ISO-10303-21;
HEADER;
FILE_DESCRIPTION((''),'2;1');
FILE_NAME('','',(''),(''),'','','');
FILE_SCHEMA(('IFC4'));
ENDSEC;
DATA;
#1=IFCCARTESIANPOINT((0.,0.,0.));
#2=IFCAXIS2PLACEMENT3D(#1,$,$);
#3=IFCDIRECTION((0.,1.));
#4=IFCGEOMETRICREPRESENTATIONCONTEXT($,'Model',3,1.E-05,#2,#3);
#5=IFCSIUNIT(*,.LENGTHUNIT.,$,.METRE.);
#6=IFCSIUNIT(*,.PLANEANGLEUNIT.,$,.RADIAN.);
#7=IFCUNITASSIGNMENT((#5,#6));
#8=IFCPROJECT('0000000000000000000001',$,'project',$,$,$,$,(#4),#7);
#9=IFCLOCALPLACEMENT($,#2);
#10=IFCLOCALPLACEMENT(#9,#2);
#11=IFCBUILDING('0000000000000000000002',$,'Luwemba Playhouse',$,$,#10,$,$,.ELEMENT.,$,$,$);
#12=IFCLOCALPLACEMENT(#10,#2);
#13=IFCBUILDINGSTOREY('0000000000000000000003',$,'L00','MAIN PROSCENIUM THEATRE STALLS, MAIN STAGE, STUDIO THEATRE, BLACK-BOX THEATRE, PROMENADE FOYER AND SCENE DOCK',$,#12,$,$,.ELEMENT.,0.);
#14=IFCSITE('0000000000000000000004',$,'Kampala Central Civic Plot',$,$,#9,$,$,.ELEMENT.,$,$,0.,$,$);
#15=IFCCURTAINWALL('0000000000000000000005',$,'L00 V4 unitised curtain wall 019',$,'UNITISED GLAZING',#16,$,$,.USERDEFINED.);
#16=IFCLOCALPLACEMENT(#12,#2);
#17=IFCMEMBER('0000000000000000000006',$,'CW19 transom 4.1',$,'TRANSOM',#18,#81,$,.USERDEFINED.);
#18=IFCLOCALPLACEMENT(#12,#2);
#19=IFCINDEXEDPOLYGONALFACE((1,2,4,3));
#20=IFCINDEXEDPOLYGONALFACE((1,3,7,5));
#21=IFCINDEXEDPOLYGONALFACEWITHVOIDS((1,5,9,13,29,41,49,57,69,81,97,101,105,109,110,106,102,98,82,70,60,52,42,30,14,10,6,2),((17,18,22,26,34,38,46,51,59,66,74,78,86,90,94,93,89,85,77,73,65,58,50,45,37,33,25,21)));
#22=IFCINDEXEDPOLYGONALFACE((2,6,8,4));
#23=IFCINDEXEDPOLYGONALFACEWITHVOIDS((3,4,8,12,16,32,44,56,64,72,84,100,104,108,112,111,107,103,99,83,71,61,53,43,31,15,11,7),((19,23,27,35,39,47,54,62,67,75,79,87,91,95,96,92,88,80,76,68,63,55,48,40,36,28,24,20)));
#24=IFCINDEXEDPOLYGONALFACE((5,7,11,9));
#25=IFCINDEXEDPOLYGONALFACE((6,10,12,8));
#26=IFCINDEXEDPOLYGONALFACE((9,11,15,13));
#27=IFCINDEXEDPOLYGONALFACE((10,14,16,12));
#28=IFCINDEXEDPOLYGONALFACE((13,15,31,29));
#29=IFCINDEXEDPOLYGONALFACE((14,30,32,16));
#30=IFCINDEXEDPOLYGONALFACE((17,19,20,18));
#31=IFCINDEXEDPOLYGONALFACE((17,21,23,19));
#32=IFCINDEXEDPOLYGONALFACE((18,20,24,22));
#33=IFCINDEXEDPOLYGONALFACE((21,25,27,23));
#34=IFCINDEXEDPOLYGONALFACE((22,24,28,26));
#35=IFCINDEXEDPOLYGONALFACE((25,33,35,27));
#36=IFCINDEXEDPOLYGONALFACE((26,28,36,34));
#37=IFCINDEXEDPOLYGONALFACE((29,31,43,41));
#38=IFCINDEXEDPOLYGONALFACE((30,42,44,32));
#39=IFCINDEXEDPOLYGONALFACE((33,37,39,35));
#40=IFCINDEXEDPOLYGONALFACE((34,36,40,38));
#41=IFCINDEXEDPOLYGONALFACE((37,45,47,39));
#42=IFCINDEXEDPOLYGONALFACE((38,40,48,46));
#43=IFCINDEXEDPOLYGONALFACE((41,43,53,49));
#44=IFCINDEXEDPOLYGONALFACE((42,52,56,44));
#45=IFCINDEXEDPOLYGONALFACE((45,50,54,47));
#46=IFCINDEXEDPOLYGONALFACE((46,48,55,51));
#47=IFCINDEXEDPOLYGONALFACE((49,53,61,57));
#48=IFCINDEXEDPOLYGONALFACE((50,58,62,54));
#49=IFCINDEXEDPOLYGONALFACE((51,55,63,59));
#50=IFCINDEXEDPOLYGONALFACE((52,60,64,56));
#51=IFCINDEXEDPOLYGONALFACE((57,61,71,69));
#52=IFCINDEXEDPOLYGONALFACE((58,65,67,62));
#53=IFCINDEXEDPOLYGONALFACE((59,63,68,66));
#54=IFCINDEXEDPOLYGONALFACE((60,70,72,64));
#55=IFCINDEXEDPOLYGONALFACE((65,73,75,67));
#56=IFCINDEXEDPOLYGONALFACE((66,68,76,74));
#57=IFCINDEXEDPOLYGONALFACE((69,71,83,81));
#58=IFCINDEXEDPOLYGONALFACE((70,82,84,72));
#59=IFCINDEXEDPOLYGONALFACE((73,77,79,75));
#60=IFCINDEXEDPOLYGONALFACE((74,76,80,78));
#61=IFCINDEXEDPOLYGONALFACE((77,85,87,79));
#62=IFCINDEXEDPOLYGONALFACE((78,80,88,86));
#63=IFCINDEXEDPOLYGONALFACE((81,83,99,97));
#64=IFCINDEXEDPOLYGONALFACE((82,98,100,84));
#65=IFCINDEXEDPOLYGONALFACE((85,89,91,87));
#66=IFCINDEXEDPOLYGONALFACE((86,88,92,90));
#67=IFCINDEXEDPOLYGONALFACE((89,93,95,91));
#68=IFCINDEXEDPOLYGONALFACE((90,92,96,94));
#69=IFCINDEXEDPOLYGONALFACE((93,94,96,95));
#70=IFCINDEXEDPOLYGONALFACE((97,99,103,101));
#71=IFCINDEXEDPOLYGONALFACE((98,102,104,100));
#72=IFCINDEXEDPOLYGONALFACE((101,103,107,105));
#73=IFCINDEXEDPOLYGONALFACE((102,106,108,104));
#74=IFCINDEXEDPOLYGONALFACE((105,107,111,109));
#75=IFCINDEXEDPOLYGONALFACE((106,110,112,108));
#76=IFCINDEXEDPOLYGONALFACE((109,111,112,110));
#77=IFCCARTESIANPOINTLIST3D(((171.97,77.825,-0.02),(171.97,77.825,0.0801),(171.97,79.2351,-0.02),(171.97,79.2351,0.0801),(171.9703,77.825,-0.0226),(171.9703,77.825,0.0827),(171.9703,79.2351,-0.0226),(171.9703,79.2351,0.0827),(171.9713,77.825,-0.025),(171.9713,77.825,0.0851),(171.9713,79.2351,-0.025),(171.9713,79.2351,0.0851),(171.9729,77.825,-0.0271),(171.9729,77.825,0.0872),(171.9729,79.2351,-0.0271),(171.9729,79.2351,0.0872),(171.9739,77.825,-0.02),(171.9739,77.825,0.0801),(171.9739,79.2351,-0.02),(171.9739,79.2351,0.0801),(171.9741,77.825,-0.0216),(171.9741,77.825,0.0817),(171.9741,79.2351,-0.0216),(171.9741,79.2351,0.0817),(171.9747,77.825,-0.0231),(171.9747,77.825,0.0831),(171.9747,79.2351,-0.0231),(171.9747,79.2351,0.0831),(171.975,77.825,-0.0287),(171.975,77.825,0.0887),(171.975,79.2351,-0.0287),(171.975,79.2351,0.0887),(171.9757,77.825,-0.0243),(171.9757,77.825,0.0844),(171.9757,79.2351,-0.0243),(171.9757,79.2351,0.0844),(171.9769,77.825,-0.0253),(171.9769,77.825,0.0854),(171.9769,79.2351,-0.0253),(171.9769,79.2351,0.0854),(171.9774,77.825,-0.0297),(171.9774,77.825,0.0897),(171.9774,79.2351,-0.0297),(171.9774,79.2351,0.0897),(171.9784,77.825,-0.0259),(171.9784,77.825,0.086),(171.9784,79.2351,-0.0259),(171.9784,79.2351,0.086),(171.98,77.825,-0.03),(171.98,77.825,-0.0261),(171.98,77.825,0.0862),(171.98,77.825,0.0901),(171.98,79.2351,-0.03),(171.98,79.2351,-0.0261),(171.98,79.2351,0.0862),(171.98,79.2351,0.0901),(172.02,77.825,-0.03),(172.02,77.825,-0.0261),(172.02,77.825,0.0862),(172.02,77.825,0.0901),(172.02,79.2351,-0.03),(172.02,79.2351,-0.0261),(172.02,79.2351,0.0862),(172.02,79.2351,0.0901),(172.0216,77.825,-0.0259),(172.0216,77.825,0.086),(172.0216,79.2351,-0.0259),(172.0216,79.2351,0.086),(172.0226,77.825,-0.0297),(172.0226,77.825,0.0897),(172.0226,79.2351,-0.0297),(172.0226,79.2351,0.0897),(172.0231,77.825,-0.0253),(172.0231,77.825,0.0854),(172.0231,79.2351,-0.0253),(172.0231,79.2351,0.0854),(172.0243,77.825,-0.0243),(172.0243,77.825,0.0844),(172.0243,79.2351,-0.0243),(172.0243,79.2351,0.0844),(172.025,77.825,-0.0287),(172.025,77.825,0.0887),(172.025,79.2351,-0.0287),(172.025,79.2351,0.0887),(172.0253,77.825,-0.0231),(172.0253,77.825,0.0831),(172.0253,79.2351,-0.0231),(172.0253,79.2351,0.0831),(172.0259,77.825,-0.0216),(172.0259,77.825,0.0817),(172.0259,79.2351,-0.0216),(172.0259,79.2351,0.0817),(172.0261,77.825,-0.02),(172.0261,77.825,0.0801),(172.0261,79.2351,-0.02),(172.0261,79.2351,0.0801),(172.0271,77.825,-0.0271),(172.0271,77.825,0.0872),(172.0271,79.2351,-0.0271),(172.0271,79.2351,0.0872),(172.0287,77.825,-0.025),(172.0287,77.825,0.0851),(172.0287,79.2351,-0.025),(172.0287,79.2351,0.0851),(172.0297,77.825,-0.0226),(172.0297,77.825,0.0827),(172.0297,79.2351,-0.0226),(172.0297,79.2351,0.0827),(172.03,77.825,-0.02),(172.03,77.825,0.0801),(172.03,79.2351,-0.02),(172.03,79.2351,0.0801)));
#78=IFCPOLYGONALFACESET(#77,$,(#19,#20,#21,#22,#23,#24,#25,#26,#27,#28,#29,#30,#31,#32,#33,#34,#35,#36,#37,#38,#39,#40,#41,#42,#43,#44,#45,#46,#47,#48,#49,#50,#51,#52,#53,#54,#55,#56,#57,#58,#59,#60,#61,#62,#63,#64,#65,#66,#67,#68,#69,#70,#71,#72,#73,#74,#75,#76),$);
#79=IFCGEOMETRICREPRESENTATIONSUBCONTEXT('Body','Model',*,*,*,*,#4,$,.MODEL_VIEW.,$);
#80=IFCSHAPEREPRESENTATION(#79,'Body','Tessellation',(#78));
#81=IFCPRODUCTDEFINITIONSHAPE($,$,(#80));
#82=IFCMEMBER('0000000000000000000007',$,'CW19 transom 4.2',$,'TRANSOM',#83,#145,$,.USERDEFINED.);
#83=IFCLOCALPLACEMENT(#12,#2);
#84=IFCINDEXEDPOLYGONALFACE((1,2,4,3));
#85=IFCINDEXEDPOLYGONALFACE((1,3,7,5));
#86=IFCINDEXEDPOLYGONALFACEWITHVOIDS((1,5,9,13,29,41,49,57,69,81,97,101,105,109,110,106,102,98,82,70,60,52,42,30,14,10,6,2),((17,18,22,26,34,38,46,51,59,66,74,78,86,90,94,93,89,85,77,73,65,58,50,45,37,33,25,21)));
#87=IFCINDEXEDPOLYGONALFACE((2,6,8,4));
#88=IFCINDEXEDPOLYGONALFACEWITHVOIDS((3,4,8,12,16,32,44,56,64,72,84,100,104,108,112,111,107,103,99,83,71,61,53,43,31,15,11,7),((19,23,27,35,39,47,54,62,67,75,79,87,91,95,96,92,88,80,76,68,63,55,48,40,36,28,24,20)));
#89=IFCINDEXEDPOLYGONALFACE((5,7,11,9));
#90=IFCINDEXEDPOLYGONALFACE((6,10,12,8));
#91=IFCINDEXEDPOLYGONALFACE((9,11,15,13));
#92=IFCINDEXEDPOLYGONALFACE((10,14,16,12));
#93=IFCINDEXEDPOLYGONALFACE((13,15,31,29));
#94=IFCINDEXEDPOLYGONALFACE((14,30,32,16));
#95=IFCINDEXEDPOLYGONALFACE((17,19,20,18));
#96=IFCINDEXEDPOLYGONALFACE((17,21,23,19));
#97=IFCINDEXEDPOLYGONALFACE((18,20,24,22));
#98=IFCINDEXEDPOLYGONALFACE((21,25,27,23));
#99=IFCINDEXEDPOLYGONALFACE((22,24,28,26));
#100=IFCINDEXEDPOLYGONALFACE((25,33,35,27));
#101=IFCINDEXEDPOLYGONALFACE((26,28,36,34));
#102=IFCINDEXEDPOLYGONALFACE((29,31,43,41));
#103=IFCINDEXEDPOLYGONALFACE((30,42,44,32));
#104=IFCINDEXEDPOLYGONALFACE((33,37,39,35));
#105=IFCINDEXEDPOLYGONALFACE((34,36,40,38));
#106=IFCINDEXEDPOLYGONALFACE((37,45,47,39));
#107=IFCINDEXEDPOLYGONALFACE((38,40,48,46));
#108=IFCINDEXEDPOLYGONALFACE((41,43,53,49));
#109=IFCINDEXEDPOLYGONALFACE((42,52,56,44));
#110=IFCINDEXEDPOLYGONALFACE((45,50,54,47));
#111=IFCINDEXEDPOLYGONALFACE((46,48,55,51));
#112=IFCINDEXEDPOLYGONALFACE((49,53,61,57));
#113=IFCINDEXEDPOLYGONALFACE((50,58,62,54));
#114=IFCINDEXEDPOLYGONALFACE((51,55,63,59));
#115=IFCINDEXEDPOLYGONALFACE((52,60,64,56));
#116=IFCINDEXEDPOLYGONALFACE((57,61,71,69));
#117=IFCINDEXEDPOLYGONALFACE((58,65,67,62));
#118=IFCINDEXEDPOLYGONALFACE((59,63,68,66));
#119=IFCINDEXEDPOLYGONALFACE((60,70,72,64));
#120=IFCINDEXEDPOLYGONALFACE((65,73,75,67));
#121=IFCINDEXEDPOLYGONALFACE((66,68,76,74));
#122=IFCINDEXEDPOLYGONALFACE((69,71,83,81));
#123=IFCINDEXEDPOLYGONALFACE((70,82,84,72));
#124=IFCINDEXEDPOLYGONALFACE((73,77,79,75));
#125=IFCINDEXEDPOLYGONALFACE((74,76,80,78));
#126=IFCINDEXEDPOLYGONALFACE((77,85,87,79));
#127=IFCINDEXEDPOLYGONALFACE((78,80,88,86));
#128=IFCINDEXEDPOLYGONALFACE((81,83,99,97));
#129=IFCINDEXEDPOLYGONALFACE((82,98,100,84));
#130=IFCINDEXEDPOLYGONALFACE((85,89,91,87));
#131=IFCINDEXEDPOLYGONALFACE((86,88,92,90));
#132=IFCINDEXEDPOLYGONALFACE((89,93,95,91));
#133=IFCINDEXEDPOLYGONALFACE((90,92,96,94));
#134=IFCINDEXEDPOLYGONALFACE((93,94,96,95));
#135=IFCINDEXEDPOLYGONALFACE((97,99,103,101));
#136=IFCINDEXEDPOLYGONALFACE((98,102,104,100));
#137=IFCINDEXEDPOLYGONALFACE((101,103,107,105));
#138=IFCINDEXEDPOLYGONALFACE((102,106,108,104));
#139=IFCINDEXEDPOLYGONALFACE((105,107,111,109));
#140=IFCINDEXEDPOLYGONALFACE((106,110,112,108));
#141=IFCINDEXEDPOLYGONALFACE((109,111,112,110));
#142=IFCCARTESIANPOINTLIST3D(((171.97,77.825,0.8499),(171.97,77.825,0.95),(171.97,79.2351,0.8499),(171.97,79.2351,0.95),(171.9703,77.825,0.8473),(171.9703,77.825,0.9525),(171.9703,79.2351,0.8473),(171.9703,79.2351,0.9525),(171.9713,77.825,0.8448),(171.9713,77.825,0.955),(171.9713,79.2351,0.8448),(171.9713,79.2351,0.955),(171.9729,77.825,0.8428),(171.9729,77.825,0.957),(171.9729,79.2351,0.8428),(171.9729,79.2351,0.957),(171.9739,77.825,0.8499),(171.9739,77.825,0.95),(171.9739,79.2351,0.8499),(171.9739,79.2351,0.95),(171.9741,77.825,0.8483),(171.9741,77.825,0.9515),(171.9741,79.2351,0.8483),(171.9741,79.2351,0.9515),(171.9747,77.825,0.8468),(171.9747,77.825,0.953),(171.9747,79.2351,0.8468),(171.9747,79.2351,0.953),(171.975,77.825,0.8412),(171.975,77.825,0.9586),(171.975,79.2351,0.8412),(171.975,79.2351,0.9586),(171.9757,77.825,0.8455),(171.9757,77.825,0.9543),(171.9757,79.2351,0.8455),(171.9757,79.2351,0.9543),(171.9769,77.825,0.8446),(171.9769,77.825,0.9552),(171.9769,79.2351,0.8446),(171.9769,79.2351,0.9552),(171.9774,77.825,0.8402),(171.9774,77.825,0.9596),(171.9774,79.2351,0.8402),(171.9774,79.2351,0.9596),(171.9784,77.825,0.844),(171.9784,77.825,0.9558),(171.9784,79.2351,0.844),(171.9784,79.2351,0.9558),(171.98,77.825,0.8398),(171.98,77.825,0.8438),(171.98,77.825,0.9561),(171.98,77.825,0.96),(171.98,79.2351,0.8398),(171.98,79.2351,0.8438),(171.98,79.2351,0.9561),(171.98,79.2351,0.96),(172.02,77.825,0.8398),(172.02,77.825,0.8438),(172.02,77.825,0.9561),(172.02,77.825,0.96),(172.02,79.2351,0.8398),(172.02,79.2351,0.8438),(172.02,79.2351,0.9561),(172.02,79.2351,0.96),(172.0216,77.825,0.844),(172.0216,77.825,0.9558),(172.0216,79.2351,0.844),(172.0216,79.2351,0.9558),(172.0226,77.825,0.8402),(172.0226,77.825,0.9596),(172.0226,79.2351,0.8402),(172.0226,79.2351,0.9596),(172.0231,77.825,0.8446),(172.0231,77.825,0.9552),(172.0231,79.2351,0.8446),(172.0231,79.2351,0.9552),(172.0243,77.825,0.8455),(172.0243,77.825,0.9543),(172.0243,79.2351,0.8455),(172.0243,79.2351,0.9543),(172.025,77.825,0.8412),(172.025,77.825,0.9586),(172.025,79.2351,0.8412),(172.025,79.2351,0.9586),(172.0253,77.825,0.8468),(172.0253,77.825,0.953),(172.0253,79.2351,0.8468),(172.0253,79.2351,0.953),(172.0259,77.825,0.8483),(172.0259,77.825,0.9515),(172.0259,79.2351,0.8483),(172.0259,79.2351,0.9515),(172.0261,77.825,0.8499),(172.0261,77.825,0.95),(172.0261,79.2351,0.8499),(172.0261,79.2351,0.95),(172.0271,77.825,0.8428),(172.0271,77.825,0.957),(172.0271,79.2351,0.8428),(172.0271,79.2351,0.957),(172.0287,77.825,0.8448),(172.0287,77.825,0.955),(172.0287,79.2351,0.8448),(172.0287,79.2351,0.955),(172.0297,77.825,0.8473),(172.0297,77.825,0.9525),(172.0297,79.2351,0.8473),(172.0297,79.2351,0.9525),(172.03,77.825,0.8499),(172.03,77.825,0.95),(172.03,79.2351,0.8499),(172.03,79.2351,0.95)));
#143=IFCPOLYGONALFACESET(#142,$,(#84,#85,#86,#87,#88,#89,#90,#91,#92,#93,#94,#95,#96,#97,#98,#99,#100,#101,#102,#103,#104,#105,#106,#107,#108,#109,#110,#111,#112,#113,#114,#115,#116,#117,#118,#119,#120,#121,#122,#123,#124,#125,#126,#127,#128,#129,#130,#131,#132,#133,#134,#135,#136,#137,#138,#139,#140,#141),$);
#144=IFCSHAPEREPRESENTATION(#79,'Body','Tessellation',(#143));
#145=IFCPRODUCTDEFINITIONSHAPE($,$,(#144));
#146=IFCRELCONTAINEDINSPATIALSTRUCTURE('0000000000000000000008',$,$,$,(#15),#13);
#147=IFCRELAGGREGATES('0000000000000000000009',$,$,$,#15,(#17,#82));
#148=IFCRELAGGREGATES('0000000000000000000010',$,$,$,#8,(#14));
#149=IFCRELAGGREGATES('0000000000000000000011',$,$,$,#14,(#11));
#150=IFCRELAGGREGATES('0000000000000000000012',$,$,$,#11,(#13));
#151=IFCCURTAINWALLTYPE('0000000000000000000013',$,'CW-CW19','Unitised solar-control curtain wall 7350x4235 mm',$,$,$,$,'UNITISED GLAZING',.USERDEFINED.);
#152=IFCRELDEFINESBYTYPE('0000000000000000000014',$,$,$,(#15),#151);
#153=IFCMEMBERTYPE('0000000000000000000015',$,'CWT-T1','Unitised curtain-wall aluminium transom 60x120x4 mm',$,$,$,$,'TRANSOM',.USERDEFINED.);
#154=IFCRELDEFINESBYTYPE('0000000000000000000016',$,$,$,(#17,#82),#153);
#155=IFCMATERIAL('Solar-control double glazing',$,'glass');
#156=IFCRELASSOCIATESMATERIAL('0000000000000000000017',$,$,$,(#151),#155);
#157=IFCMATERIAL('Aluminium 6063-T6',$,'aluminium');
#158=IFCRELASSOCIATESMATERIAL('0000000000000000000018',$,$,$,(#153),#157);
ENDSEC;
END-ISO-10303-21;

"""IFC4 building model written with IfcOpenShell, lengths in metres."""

from ifc_helpers import new_model, si_unit, direction, frame, origin, origin_2d, place, context, subcontext, project, spatial, hollow_rectangle, extrude, material, material_profile, profile_set, type_object, element, aggregate, save


model = new_model("IFC4")

# Units and contexts
model_context = context("Model", 3, precision=1e-05, world=origin(), true_north=direction((0.0, 1.0)))
body_context = subcontext(model_context, "Body", "Model", "MODEL_VIEW")
ifc_project = project(units=[si_unit("LENGTHUNIT", "METRE"), si_unit("PLANEANGLEUNIT", "RADIAN")], contexts=[model_context])

# Site, building, storey
site_placement = place(None, origin())
site = spatial("IfcSite", under=ifc_project, at=site_placement, Name="Kampala Central Civic Plot", CompositionType="ELEMENT", RefElevation=0.0)
building_placement = place(site_placement, origin())
building = spatial("IfcBuilding", under=site, at=building_placement, Name="Luwemba Playhouse", CompositionType="ELEMENT")
storey_placement = place(building_placement, origin())
storey = spatial("IfcBuildingStorey", under=building, at=storey_placement, Name="L00", Description="MAIN PROSCENIUM THEATRE STALLS, MAIN STAGE, STUDIO THEATRE, BLACK-BOX THEATRE, PROMENADE FOYER AND SCENE DOCK", CompositionType="ELEMENT", Elevation=0.0)

# Curtain wall, members
ifc_material_1 = material(Name="Solar-control double glazing", Category="glass")
curtain_wall_type = type_object("IfcCurtainWallType", Name="CW-CW19", Description="Unitised solar-control curtain wall 7350x4235 mm", ElementType="UNITISED GLAZING", PredefinedType="USERDEFINED", material=ifc_material_1)
curtain_wall_placement = place(storey_placement, origin())
curtain_wall = element("IfcCurtainWall", 1, at=curtain_wall_placement, inside=storey, type_object=curtain_wall_type, Name="L00 V4 unitised curtain wall 019", ObjectType="UNITISED GLAZING", PredefinedType="USERDEFINED")
ifc_material_2 = material(Name="Aluminium 6063-T6", Category="aluminium")
ifc_material_profile_1 = material_profile(ifc_material_2, hollow_rectangle(XDim=0.0601, YDim=0.1201, WallThickness=0.0039, InnerFilletRadius=0.0061, OuterFilletRadius=0.01, at=origin_2d()))
ifc_profile_set_1 = profile_set([ifc_material_profile_1], Name="Aluminium 6063-T6")
member_type_1 = type_object("IfcMemberType", Name="CWT-T1", Description="Unitised curtain-wall aluminium transom 60x120x4 mm", ElementType="TRANSOM", PredefinedType="USERDEFINED", material=ifc_profile_set_1)
member_1_placement = place(storey_placement, frame((172.0, 79.2351, 0.03), z_axis=(0.0, -1.0, 0.0), x_axis=(1.0, 0.0, 0.0)))
member_1 = element("IfcMember", 2, at=member_1_placement, type_object=member_type_1, Name="CW19 transom 4.1", ObjectType="TRANSOM", PredefinedType="USERDEFINED", context=body_context, shape_type="SweptSolid", body=[
    extrude(hollow_rectangle(XDim=0.0601, YDim=0.1201, WallThickness=0.0039, InnerFilletRadius=0.0061, OuterFilletRadius=0.01, at=origin_2d()), origin(), (0.0, 0.0, 1.0), 1.4102),
])
member_2_placement = place(storey_placement, frame((172.0, 79.2351, 0.8999), z_axis=(0.0, -1.0, 0.0), x_axis=(1.0, 0.0, 0.0)))
member_2 = element("IfcMember", 3, at=member_2_placement, type_object=member_type_1, Name="CW19 transom 4.2", ObjectType="TRANSOM", PredefinedType="USERDEFINED", context=body_context, shape_type="SweptSolid", body=[
    extrude(hollow_rectangle(XDim=0.0601, YDim=0.1201, WallThickness=0.0039, InnerFilletRadius=0.0061, OuterFilletRadius=0.01, at=origin_2d()), origin(), (0.0, 0.0, 1.0), 1.4102),
])
aggregate(curtain_wall, [member_1, member_2])

save(model, "model.ifc")
